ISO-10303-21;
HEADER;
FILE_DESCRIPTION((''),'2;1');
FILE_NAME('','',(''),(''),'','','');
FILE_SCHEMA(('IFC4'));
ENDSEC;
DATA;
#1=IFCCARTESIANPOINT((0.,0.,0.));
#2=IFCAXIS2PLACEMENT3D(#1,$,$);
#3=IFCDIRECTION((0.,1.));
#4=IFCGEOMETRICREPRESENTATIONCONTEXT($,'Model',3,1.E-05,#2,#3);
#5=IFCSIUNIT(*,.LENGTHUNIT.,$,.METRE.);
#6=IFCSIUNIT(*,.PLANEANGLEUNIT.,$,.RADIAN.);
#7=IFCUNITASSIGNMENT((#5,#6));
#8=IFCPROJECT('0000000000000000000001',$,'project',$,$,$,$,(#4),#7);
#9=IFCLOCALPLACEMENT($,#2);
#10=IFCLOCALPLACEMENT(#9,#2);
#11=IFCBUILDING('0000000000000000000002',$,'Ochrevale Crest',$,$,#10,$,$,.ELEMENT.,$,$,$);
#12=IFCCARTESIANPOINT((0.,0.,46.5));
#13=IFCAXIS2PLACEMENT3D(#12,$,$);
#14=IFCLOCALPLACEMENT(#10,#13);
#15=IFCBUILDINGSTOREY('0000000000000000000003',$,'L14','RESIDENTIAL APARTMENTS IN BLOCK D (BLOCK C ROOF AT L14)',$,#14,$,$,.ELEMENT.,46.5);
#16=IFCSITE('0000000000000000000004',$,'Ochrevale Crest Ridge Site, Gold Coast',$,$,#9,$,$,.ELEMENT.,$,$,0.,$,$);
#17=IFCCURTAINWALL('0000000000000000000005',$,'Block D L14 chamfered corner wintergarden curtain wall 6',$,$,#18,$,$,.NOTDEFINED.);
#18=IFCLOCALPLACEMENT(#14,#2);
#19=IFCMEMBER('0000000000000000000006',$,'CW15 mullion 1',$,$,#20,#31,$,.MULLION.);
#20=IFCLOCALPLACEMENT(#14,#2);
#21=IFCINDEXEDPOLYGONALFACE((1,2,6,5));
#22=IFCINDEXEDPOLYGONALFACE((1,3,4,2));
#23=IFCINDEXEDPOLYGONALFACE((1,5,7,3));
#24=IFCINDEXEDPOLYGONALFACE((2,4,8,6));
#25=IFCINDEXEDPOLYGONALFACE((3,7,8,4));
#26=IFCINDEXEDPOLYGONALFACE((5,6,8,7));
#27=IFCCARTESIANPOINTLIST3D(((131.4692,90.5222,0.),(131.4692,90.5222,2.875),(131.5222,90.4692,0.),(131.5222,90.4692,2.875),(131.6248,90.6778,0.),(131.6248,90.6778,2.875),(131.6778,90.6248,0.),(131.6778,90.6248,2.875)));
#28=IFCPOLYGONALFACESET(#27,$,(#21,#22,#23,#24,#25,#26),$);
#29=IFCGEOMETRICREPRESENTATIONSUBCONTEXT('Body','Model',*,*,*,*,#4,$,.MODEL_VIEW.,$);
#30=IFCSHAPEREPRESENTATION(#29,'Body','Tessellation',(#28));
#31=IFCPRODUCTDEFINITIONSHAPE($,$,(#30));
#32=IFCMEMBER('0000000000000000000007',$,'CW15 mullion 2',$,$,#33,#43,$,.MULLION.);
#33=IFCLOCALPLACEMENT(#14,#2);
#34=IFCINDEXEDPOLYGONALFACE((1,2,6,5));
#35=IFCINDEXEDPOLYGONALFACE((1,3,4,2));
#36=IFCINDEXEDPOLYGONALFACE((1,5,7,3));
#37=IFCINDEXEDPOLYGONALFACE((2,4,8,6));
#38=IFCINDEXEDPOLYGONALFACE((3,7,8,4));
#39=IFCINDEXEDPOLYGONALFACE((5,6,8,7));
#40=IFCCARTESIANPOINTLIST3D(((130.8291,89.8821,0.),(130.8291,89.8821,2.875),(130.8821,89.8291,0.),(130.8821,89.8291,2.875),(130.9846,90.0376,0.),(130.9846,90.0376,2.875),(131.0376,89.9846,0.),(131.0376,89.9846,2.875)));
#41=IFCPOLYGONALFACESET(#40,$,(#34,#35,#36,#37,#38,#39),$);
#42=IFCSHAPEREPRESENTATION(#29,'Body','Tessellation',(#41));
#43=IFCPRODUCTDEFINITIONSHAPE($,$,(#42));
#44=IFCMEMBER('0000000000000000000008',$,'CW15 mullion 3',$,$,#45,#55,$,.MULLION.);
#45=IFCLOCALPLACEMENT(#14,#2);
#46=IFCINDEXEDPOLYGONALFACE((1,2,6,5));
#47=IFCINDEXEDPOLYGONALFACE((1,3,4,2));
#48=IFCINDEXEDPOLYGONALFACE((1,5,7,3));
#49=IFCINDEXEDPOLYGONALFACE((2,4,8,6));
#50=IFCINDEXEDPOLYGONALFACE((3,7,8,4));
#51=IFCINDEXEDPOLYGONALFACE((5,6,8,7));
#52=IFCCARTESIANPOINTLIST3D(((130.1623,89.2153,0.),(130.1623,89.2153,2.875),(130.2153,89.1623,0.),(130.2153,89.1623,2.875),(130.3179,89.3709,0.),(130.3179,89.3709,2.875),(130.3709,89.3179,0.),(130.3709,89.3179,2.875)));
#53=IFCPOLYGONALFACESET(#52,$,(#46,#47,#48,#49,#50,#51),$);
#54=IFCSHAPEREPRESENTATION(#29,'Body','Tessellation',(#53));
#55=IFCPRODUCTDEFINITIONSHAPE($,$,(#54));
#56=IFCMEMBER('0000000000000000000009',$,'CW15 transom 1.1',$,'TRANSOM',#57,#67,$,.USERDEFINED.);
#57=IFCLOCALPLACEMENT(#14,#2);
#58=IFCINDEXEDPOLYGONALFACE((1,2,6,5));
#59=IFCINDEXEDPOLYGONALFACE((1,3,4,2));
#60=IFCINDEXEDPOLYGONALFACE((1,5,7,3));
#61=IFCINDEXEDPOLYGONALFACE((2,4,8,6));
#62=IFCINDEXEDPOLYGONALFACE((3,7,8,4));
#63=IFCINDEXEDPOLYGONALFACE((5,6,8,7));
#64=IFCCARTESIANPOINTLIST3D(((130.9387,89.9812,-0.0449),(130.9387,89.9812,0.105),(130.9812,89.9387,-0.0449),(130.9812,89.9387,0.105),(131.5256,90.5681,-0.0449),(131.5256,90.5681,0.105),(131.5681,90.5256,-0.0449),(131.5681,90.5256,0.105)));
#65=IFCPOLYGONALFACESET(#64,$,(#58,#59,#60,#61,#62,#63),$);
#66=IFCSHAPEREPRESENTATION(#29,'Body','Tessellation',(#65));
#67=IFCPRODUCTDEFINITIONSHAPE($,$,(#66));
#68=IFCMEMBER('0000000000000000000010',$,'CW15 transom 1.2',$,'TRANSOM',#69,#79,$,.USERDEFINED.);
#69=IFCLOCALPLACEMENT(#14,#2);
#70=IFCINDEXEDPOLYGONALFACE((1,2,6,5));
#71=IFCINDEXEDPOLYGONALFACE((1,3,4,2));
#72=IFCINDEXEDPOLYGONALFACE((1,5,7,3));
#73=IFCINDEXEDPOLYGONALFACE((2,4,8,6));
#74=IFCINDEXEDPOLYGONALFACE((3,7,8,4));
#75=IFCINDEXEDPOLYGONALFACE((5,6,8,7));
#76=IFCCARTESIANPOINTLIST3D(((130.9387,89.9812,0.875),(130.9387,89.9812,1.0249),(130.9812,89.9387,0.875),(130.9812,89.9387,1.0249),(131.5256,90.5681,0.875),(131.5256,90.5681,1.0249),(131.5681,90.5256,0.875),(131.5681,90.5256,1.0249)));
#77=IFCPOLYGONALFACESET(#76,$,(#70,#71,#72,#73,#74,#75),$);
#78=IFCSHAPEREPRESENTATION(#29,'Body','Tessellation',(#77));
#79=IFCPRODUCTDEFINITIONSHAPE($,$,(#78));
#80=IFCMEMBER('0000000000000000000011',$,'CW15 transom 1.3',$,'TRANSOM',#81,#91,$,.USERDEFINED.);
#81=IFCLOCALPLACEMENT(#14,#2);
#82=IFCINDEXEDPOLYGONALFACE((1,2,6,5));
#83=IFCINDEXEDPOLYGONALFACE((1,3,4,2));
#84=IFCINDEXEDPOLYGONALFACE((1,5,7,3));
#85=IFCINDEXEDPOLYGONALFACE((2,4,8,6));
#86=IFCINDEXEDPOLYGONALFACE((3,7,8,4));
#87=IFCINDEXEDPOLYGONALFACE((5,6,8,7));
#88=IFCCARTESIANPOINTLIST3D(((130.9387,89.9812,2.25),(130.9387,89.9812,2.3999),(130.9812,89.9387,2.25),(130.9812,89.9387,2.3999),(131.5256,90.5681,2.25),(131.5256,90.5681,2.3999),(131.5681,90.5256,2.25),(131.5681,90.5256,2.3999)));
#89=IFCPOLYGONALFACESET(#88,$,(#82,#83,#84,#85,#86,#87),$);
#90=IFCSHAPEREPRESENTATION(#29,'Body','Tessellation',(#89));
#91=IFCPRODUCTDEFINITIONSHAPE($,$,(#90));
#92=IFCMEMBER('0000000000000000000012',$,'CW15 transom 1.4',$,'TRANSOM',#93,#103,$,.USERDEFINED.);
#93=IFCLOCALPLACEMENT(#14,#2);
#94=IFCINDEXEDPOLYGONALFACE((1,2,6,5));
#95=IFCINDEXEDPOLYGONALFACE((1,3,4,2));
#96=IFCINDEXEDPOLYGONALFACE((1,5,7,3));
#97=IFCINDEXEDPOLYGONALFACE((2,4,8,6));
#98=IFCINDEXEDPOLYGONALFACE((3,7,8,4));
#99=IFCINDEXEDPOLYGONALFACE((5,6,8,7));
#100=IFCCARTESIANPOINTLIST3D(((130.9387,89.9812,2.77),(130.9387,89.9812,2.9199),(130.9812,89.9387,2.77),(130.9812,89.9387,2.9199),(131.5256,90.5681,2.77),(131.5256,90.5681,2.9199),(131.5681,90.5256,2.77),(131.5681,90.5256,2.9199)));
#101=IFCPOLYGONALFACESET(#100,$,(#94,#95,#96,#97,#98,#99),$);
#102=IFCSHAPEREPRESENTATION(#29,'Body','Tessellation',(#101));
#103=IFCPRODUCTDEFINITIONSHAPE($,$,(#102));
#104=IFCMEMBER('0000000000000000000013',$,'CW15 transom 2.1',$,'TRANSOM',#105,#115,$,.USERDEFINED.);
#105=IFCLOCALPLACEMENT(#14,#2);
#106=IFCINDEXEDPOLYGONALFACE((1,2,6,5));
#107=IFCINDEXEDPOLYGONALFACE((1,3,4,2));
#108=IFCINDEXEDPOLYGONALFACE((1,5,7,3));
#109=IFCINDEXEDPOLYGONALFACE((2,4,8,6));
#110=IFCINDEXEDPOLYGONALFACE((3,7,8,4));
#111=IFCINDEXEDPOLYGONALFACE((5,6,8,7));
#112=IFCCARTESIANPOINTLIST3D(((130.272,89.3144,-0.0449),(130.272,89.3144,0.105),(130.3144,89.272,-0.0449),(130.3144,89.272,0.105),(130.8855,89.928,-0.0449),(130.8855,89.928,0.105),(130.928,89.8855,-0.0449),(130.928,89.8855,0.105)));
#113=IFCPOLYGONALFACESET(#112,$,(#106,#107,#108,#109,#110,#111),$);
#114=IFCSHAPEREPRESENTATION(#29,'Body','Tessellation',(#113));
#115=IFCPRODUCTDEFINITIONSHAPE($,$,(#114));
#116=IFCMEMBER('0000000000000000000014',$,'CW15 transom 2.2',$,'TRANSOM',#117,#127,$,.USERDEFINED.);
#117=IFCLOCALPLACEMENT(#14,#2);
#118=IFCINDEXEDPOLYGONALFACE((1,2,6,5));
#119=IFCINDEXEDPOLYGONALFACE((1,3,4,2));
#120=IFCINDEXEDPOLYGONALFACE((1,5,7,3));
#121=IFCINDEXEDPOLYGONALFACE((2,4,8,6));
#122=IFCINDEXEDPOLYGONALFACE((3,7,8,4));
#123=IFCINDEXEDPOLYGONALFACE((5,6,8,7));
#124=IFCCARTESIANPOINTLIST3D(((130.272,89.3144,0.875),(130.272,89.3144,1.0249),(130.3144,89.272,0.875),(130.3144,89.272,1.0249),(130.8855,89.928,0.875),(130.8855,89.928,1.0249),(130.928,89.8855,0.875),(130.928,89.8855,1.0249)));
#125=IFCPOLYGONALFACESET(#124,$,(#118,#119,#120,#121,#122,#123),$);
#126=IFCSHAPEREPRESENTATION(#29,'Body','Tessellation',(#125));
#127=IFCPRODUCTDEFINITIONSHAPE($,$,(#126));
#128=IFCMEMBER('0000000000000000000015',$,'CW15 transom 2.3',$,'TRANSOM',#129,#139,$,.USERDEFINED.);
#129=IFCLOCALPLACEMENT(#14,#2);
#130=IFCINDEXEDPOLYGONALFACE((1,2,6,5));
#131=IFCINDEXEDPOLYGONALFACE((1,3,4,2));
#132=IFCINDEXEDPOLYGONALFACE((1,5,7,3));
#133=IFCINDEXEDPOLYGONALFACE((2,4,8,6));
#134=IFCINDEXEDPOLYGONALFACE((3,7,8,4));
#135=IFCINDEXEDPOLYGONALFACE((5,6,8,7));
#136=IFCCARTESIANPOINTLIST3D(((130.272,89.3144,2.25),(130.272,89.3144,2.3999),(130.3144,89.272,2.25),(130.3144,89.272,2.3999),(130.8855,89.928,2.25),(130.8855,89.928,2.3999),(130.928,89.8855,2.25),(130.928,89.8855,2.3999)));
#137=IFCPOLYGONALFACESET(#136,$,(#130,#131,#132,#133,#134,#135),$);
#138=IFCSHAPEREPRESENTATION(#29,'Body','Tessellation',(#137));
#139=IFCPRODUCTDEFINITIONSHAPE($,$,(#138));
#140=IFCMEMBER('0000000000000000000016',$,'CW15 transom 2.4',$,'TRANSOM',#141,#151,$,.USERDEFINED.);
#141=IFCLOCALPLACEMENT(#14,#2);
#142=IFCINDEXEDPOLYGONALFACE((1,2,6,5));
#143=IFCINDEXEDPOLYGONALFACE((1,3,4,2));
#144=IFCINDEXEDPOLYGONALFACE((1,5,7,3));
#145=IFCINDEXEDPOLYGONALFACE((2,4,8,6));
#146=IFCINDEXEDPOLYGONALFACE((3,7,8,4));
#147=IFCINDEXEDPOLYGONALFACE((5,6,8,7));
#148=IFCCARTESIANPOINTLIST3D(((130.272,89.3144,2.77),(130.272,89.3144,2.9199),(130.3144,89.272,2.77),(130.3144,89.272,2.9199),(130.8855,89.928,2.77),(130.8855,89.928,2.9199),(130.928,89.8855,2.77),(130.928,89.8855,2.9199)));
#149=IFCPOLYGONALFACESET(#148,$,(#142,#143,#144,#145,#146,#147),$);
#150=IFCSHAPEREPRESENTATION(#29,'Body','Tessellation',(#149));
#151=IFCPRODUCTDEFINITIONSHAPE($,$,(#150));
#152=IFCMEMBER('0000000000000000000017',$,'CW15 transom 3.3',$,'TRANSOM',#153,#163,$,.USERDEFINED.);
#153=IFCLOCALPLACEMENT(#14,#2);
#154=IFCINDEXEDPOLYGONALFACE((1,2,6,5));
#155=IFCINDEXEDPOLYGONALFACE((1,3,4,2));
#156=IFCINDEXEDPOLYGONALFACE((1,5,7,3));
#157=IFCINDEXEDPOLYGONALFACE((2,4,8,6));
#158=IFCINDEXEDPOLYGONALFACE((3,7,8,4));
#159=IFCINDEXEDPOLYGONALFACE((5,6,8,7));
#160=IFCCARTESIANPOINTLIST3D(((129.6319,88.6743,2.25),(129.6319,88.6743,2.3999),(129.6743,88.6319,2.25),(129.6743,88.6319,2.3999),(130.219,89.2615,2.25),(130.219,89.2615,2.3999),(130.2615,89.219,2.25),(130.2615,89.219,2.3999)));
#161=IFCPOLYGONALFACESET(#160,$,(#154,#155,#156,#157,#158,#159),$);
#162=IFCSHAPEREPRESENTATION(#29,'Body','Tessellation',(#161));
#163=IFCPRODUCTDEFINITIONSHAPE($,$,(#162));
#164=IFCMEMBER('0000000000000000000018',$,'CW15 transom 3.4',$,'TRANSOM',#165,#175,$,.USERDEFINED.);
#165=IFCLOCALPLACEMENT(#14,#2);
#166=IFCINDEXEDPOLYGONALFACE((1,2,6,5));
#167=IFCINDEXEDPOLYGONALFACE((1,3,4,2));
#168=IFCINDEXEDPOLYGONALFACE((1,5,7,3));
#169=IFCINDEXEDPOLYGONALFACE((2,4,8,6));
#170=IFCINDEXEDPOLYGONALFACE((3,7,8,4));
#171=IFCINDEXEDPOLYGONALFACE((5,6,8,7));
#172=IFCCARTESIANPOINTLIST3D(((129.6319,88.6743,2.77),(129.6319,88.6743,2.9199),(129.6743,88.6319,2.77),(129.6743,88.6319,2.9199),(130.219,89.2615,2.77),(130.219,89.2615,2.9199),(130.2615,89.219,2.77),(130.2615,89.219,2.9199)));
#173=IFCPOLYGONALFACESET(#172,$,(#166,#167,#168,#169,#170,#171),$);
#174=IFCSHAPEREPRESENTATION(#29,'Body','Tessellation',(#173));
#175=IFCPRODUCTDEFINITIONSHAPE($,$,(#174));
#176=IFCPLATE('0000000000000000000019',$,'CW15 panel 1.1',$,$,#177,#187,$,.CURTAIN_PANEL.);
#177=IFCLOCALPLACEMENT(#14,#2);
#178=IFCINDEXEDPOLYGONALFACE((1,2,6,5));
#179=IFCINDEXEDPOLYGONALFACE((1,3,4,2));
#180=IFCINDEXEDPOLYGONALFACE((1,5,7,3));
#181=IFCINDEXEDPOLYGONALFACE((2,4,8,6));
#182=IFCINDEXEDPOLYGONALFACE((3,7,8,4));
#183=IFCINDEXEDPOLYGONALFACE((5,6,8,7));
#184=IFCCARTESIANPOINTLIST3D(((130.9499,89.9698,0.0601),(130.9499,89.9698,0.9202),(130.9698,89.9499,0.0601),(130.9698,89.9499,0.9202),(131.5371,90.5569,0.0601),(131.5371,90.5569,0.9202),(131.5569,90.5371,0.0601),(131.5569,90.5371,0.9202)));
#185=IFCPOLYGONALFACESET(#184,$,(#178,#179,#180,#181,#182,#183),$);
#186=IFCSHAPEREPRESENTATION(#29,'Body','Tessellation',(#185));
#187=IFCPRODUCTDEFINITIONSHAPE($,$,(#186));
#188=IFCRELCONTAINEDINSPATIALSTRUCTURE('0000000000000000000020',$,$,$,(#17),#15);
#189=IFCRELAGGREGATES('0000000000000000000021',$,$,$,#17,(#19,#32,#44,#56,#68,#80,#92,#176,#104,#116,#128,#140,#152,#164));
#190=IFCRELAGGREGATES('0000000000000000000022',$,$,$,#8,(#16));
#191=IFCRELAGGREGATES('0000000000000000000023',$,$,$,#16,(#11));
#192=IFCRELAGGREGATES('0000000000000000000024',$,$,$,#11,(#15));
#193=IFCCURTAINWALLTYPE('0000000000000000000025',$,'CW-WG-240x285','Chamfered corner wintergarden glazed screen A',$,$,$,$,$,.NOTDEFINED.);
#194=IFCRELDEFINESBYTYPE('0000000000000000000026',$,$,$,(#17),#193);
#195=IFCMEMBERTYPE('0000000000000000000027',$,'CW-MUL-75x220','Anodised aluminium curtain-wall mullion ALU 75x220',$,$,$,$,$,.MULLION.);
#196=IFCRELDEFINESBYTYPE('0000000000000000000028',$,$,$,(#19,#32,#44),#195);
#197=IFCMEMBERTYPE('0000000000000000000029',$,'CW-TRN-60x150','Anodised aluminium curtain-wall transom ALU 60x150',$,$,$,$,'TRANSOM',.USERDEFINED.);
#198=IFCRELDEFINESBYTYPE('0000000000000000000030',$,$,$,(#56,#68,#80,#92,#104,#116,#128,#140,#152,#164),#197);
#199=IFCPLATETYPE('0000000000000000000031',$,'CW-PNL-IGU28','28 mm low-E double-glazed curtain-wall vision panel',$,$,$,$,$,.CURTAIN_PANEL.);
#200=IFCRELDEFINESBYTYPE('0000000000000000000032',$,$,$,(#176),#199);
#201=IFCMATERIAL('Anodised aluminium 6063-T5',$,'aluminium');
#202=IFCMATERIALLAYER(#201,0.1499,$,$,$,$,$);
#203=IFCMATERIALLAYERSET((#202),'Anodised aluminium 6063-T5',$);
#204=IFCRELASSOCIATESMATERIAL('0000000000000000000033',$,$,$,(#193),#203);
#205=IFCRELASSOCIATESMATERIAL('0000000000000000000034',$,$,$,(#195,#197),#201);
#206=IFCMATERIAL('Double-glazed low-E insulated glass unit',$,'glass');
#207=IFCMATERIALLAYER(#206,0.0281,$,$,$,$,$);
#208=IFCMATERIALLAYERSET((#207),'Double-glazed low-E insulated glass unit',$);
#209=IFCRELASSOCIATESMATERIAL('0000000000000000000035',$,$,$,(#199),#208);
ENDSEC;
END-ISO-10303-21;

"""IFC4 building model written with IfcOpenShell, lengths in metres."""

from ifc_helpers import new_model, si_unit, direction, frame, origin, origin_2d, place, context, subcontext, project, spatial, rectangle, extrude, material, layer, layer_set, material_profile, profile_set, type_object, element, aggregate, save


model = new_model("IFC4")

# Units and contexts
model_context = context("Model", 3, precision=1e-05, world=origin(), true_north=direction((0.0, 1.0)))
body_context = subcontext(model_context, "Body", "Model", "MODEL_VIEW")
ifc_project = project(units=[si_unit("LENGTHUNIT", "METRE"), si_unit("PLANEANGLEUNIT", "RADIAN")], contexts=[model_context])

# Site, building, storey
site_placement = place(None, origin())
site = spatial("IfcSite", under=ifc_project, at=site_placement, Name="Ochrevale Crest Ridge Site, Gold Coast", CompositionType="ELEMENT", RefElevation=0.0)
building_placement = place(site_placement, origin())
building = spatial("IfcBuilding", under=site, at=building_placement, Name="Ochrevale Crest", CompositionType="ELEMENT")
storey_placement = place(building_placement, frame((0.0, 0.0, 46.5)))
storey = spatial("IfcBuildingStorey", under=building, at=storey_placement, Name="L14", Description="RESIDENTIAL APARTMENTS IN BLOCK D (BLOCK C ROOF AT L14)", CompositionType="ELEMENT", Elevation=46.5)

# Curtain wall, members, plate
ifc_material_1 = material(Name="Anodised aluminium 6063-T5", Category="aluminium")
ifc_layer_1 = layer(ifc_material_1, 0.1499)
ifc_layer_set_1 = layer_set([ifc_layer_1], Name="Anodised aluminium 6063-T5")
curtain_wall_type = type_object("IfcCurtainWallType", Name="CW-WG-240x285", Description="Chamfered corner wintergarden glazed screen A", PredefinedType="NOTDEFINED", material=ifc_layer_set_1)
curtain_wall_placement = place(storey_placement, origin())
curtain_wall = element("IfcCurtainWall", 1, at=curtain_wall_placement, inside=storey, type_object=curtain_wall_type, Name="Block D L14 chamfered corner wintergarden curtain wall 6", PredefinedType="NOTDEFINED")
ifc_material_profile_1 = material_profile(ifc_material_1, rectangle(XDim=0.075, YDim=0.22, at=origin_2d()), Name="ALU 75x220")
ifc_profile_set_1 = profile_set([ifc_material_profile_1], Name="Anodised aluminium 6063-T5")
member_type_1 = type_object("IfcMemberType", Name="CW-MUL-75x220", Description="Anodised aluminium curtain-wall mullion ALU 75x220", PredefinedType="MULLION", material=ifc_profile_set_1)
member_1_placement = place(storey_placement, frame((131.5735, 90.5735, 0.0), z_axis=(0.0, 0.0, 1.0), x_axis=(0.707107, -0.707107, 0.0)))
member_1 = element("IfcMember", 2, at=member_1_placement, type_object=member_type_1, Name="CW15 mullion 1", PredefinedType="MULLION", context=body_context, shape_type="SweptSolid", body=[
    extrude(rectangle(XDim=0.075, YDim=0.22, at=origin_2d()), origin(), (0.0, 0.0, 1.0), 2.875),
])
member_2_placement = place(storey_placement, frame((130.9333, 89.9333, 0.0), z_axis=(0.0, 0.0, 1.0), x_axis=(0.707107, -0.707107, 0.0)))
member_2 = element("IfcMember", 3, at=member_2_placement, type_object=member_type_1, Name="CW15 mullion 2", PredefinedType="MULLION", context=body_context, shape_type="SweptSolid", body=[
    extrude(rectangle(XDim=0.075, YDim=0.22, at=origin_2d()), origin(), (0.0, 0.0, 1.0), 2.875),
])
member_3_placement = place(storey_placement, frame((130.2666, 89.2666, 0.0), z_axis=(0.0, 0.0, 1.0), x_axis=(0.707107, -0.707107, 0.0)))
member_3 = element("IfcMember", 4, at=member_3_placement, type_object=member_type_1, Name="CW15 mullion 3", PredefinedType="MULLION", context=body_context, shape_type="SweptSolid", body=[
    extrude(rectangle(XDim=0.075, YDim=0.22, at=origin_2d()), origin(), (0.0, 0.0, 1.0), 2.875),
])
ifc_material_profile_2 = material_profile(ifc_material_1, rectangle(XDim=0.0601, YDim=0.1499, at=origin_2d()), Name="ALU 60x150")
ifc_profile_set_2 = profile_set([ifc_material_profile_2], Name="Anodised aluminium 6063-T5")
member_type_2 = type_object("IfcMemberType", Name="CW-TRN-60x150", Description="Anodised aluminium curtain-wall transom ALU 60x150", ElementType="TRANSOM", PredefinedType="USERDEFINED", material=ifc_profile_set_2)
member_4_placement = place(storey_placement, frame((131.5469, 90.5469, 0.03), z_axis=(-0.707107, -0.707107, 0.0), x_axis=(0.707107, -0.707107, 0.0)))
member_4 = element("IfcMember", 5, at=member_4_placement, type_object=member_type_2, Name="CW15 transom 1.1", ObjectType="TRANSOM", PredefinedType="USERDEFINED", context=body_context, shape_type="SweptSolid", body=[
    extrude(rectangle(XDim=0.0601, YDim=0.1499, at=origin_2d()), origin(), (0.0, 0.0, 1.0), 0.8301),
])
member_5_placement = place(storey_placement, frame((131.5469, 90.5469, 0.95), z_axis=(-0.707107, -0.707107, 0.0), x_axis=(0.707107, -0.707107, 0.0)))
member_5 = element("IfcMember", 6, at=member_5_placement, type_object=member_type_2, Name="CW15 transom 1.2", ObjectType="TRANSOM", PredefinedType="USERDEFINED", context=body_context, shape_type="SweptSolid", body=[
    extrude(rectangle(XDim=0.0601, YDim=0.1499, at=origin_2d()), origin(), (0.0, 0.0, 1.0), 0.8301),
])
member_6_placement = place(storey_placement, frame((131.5469, 90.5469, 2.325), z_axis=(-0.707107, -0.707107, 0.0), x_axis=(0.707107, -0.707107, 0.0)))
member_6 = element("IfcMember", 7, at=member_6_placement, type_object=member_type_2, Name="CW15 transom 1.3", ObjectType="TRANSOM", PredefinedType="USERDEFINED", context=body_context, shape_type="SweptSolid", body=[
    extrude(rectangle(XDim=0.0601, YDim=0.1499, at=origin_2d()), origin(), (0.0, 0.0, 1.0), 0.8301),
])
member_7_placement = place(storey_placement, frame((131.5469, 90.5469, 2.845), z_axis=(-0.707107, -0.707107, 0.0), x_axis=(0.707107, -0.707107, 0.0)))
member_7 = element("IfcMember", 8, at=member_7_placement, type_object=member_type_2, Name="CW15 transom 1.4", ObjectType="TRANSOM", PredefinedType="USERDEFINED", context=body_context, shape_type="SweptSolid", body=[
    extrude(rectangle(XDim=0.0601, YDim=0.1499, at=origin_2d()), origin(), (0.0, 0.0, 1.0), 0.8301),
])
member_8_placement = place(storey_placement, frame((130.9067, 89.9067, 0.03), z_axis=(-0.707107, -0.707107, 0.0), x_axis=(0.707107, -0.707107, 0.0)))
member_8 = element("IfcMember", 9, at=member_8_placement, type_object=member_type_2, Name="CW15 transom 2.1", ObjectType="TRANSOM", PredefinedType="USERDEFINED", context=body_context, shape_type="SweptSolid", body=[
    extrude(rectangle(XDim=0.0601, YDim=0.1499, at=origin_2d()), origin(), (0.0, 0.0, 1.0), 0.8677),
])
member_9_placement = place(storey_placement, frame((130.9067, 89.9067, 0.95), z_axis=(-0.707107, -0.707107, 0.0), x_axis=(0.707107, -0.707107, 0.0)))
member_9 = element("IfcMember", 10, at=member_9_placement, type_object=member_type_2, Name="CW15 transom 2.2", ObjectType="TRANSOM", PredefinedType="USERDEFINED", context=body_context, shape_type="SweptSolid", body=[
    extrude(rectangle(XDim=0.0601, YDim=0.1499, at=origin_2d()), origin(), (0.0, 0.0, 1.0), 0.8677),
])
member_10_placement = place(storey_placement, frame((130.9067, 89.9067, 2.325), z_axis=(-0.707107, -0.707107, 0.0), x_axis=(0.707107, -0.707107, 0.0)))
member_10 = element("IfcMember", 11, at=member_10_placement, type_object=member_type_2, Name="CW15 transom 2.3", ObjectType="TRANSOM", PredefinedType="USERDEFINED", context=body_context, shape_type="SweptSolid", body=[
    extrude(rectangle(XDim=0.0601, YDim=0.1499, at=origin_2d()), origin(), (0.0, 0.0, 1.0), 0.8677),
])
member_11_placement = place(storey_placement, frame((130.9067, 89.9067, 2.845), z_axis=(-0.707107, -0.707107, 0.0), x_axis=(0.707107, -0.707107, 0.0)))
member_11 = element("IfcMember", 12, at=member_11_placement, type_object=member_type_2, Name="CW15 transom 2.4", ObjectType="TRANSOM", PredefinedType="USERDEFINED", context=body_context, shape_type="SweptSolid", body=[
    extrude(rectangle(XDim=0.0601, YDim=0.1499, at=origin_2d()), origin(), (0.0, 0.0, 1.0), 0.8677),
])
member_12_placement = place(storey_placement, frame((130.2402, 89.2402, 2.325), z_axis=(-0.707107, -0.707107, 0.0), x_axis=(0.707107, -0.707107, 0.0)))
member_12 = element("IfcMember", 13, at=member_12_placement, type_object=member_type_2, Name="CW15 transom 3.3", ObjectType="TRANSOM", PredefinedType="USERDEFINED", context=body_context, shape_type="SweptSolid", body=[
    extrude(rectangle(XDim=0.0601, YDim=0.1499, at=origin_2d()), origin(), (0.0, 0.0, 1.0), 0.8303),
])
member_13_placement = place(storey_placement, frame((130.2402, 89.2402, 2.845), z_axis=(-0.707107, -0.707107, 0.0), x_axis=(0.707107, -0.707107, 0.0)))
member_13 = element("IfcMember", 14, at=member_13_placement, type_object=member_type_2, Name="CW15 transom 3.4", ObjectType="TRANSOM", PredefinedType="USERDEFINED", context=body_context, shape_type="SweptSolid", body=[
    extrude(rectangle(XDim=0.0601, YDim=0.1499, at=origin_2d()), origin(), (0.0, 0.0, 1.0), 0.8303),
])
ifc_material_2 = material(Name="Double-glazed low-E insulated glass unit", Category="glass")
ifc_layer_2 = layer(ifc_material_2, 0.0281)
ifc_layer_set_2 = layer_set([ifc_layer_2], Name="Double-glazed low-E insulated glass unit")
plate_type = type_object("IfcPlateType", Name="CW-PNL-IGU28", Description="28 mm low-E double-glazed curtain-wall vision panel", PredefinedType="CURTAIN_PANEL", material=ifc_layer_set_2)
plate_1_placement = place(storey_placement, frame((131.2534, 90.2534, 0.0601), z_axis=(0.0, 0.0, 1.0), x_axis=(-0.707107, -0.707107, 0.0)))
plate_1 = element("IfcPlate", 15, at=plate_1_placement, type_object=plate_type, Name="CW15 panel 1.1", PredefinedType="CURTAIN_PANEL", context=body_context, shape_type="SweptSolid", body=[
    extrude(rectangle(XDim=0.8303, YDim=0.0281, at=origin_2d()), origin(), (0.0, 0.0, 1.0), 0.8601),
])
aggregate(curtain_wall, [member_1, member_2, member_3, member_4, member_5, member_6, member_7, plate_1, member_8, member_9, member_10, member_11, member_12, member_13])

save(model, "model.ifc")
